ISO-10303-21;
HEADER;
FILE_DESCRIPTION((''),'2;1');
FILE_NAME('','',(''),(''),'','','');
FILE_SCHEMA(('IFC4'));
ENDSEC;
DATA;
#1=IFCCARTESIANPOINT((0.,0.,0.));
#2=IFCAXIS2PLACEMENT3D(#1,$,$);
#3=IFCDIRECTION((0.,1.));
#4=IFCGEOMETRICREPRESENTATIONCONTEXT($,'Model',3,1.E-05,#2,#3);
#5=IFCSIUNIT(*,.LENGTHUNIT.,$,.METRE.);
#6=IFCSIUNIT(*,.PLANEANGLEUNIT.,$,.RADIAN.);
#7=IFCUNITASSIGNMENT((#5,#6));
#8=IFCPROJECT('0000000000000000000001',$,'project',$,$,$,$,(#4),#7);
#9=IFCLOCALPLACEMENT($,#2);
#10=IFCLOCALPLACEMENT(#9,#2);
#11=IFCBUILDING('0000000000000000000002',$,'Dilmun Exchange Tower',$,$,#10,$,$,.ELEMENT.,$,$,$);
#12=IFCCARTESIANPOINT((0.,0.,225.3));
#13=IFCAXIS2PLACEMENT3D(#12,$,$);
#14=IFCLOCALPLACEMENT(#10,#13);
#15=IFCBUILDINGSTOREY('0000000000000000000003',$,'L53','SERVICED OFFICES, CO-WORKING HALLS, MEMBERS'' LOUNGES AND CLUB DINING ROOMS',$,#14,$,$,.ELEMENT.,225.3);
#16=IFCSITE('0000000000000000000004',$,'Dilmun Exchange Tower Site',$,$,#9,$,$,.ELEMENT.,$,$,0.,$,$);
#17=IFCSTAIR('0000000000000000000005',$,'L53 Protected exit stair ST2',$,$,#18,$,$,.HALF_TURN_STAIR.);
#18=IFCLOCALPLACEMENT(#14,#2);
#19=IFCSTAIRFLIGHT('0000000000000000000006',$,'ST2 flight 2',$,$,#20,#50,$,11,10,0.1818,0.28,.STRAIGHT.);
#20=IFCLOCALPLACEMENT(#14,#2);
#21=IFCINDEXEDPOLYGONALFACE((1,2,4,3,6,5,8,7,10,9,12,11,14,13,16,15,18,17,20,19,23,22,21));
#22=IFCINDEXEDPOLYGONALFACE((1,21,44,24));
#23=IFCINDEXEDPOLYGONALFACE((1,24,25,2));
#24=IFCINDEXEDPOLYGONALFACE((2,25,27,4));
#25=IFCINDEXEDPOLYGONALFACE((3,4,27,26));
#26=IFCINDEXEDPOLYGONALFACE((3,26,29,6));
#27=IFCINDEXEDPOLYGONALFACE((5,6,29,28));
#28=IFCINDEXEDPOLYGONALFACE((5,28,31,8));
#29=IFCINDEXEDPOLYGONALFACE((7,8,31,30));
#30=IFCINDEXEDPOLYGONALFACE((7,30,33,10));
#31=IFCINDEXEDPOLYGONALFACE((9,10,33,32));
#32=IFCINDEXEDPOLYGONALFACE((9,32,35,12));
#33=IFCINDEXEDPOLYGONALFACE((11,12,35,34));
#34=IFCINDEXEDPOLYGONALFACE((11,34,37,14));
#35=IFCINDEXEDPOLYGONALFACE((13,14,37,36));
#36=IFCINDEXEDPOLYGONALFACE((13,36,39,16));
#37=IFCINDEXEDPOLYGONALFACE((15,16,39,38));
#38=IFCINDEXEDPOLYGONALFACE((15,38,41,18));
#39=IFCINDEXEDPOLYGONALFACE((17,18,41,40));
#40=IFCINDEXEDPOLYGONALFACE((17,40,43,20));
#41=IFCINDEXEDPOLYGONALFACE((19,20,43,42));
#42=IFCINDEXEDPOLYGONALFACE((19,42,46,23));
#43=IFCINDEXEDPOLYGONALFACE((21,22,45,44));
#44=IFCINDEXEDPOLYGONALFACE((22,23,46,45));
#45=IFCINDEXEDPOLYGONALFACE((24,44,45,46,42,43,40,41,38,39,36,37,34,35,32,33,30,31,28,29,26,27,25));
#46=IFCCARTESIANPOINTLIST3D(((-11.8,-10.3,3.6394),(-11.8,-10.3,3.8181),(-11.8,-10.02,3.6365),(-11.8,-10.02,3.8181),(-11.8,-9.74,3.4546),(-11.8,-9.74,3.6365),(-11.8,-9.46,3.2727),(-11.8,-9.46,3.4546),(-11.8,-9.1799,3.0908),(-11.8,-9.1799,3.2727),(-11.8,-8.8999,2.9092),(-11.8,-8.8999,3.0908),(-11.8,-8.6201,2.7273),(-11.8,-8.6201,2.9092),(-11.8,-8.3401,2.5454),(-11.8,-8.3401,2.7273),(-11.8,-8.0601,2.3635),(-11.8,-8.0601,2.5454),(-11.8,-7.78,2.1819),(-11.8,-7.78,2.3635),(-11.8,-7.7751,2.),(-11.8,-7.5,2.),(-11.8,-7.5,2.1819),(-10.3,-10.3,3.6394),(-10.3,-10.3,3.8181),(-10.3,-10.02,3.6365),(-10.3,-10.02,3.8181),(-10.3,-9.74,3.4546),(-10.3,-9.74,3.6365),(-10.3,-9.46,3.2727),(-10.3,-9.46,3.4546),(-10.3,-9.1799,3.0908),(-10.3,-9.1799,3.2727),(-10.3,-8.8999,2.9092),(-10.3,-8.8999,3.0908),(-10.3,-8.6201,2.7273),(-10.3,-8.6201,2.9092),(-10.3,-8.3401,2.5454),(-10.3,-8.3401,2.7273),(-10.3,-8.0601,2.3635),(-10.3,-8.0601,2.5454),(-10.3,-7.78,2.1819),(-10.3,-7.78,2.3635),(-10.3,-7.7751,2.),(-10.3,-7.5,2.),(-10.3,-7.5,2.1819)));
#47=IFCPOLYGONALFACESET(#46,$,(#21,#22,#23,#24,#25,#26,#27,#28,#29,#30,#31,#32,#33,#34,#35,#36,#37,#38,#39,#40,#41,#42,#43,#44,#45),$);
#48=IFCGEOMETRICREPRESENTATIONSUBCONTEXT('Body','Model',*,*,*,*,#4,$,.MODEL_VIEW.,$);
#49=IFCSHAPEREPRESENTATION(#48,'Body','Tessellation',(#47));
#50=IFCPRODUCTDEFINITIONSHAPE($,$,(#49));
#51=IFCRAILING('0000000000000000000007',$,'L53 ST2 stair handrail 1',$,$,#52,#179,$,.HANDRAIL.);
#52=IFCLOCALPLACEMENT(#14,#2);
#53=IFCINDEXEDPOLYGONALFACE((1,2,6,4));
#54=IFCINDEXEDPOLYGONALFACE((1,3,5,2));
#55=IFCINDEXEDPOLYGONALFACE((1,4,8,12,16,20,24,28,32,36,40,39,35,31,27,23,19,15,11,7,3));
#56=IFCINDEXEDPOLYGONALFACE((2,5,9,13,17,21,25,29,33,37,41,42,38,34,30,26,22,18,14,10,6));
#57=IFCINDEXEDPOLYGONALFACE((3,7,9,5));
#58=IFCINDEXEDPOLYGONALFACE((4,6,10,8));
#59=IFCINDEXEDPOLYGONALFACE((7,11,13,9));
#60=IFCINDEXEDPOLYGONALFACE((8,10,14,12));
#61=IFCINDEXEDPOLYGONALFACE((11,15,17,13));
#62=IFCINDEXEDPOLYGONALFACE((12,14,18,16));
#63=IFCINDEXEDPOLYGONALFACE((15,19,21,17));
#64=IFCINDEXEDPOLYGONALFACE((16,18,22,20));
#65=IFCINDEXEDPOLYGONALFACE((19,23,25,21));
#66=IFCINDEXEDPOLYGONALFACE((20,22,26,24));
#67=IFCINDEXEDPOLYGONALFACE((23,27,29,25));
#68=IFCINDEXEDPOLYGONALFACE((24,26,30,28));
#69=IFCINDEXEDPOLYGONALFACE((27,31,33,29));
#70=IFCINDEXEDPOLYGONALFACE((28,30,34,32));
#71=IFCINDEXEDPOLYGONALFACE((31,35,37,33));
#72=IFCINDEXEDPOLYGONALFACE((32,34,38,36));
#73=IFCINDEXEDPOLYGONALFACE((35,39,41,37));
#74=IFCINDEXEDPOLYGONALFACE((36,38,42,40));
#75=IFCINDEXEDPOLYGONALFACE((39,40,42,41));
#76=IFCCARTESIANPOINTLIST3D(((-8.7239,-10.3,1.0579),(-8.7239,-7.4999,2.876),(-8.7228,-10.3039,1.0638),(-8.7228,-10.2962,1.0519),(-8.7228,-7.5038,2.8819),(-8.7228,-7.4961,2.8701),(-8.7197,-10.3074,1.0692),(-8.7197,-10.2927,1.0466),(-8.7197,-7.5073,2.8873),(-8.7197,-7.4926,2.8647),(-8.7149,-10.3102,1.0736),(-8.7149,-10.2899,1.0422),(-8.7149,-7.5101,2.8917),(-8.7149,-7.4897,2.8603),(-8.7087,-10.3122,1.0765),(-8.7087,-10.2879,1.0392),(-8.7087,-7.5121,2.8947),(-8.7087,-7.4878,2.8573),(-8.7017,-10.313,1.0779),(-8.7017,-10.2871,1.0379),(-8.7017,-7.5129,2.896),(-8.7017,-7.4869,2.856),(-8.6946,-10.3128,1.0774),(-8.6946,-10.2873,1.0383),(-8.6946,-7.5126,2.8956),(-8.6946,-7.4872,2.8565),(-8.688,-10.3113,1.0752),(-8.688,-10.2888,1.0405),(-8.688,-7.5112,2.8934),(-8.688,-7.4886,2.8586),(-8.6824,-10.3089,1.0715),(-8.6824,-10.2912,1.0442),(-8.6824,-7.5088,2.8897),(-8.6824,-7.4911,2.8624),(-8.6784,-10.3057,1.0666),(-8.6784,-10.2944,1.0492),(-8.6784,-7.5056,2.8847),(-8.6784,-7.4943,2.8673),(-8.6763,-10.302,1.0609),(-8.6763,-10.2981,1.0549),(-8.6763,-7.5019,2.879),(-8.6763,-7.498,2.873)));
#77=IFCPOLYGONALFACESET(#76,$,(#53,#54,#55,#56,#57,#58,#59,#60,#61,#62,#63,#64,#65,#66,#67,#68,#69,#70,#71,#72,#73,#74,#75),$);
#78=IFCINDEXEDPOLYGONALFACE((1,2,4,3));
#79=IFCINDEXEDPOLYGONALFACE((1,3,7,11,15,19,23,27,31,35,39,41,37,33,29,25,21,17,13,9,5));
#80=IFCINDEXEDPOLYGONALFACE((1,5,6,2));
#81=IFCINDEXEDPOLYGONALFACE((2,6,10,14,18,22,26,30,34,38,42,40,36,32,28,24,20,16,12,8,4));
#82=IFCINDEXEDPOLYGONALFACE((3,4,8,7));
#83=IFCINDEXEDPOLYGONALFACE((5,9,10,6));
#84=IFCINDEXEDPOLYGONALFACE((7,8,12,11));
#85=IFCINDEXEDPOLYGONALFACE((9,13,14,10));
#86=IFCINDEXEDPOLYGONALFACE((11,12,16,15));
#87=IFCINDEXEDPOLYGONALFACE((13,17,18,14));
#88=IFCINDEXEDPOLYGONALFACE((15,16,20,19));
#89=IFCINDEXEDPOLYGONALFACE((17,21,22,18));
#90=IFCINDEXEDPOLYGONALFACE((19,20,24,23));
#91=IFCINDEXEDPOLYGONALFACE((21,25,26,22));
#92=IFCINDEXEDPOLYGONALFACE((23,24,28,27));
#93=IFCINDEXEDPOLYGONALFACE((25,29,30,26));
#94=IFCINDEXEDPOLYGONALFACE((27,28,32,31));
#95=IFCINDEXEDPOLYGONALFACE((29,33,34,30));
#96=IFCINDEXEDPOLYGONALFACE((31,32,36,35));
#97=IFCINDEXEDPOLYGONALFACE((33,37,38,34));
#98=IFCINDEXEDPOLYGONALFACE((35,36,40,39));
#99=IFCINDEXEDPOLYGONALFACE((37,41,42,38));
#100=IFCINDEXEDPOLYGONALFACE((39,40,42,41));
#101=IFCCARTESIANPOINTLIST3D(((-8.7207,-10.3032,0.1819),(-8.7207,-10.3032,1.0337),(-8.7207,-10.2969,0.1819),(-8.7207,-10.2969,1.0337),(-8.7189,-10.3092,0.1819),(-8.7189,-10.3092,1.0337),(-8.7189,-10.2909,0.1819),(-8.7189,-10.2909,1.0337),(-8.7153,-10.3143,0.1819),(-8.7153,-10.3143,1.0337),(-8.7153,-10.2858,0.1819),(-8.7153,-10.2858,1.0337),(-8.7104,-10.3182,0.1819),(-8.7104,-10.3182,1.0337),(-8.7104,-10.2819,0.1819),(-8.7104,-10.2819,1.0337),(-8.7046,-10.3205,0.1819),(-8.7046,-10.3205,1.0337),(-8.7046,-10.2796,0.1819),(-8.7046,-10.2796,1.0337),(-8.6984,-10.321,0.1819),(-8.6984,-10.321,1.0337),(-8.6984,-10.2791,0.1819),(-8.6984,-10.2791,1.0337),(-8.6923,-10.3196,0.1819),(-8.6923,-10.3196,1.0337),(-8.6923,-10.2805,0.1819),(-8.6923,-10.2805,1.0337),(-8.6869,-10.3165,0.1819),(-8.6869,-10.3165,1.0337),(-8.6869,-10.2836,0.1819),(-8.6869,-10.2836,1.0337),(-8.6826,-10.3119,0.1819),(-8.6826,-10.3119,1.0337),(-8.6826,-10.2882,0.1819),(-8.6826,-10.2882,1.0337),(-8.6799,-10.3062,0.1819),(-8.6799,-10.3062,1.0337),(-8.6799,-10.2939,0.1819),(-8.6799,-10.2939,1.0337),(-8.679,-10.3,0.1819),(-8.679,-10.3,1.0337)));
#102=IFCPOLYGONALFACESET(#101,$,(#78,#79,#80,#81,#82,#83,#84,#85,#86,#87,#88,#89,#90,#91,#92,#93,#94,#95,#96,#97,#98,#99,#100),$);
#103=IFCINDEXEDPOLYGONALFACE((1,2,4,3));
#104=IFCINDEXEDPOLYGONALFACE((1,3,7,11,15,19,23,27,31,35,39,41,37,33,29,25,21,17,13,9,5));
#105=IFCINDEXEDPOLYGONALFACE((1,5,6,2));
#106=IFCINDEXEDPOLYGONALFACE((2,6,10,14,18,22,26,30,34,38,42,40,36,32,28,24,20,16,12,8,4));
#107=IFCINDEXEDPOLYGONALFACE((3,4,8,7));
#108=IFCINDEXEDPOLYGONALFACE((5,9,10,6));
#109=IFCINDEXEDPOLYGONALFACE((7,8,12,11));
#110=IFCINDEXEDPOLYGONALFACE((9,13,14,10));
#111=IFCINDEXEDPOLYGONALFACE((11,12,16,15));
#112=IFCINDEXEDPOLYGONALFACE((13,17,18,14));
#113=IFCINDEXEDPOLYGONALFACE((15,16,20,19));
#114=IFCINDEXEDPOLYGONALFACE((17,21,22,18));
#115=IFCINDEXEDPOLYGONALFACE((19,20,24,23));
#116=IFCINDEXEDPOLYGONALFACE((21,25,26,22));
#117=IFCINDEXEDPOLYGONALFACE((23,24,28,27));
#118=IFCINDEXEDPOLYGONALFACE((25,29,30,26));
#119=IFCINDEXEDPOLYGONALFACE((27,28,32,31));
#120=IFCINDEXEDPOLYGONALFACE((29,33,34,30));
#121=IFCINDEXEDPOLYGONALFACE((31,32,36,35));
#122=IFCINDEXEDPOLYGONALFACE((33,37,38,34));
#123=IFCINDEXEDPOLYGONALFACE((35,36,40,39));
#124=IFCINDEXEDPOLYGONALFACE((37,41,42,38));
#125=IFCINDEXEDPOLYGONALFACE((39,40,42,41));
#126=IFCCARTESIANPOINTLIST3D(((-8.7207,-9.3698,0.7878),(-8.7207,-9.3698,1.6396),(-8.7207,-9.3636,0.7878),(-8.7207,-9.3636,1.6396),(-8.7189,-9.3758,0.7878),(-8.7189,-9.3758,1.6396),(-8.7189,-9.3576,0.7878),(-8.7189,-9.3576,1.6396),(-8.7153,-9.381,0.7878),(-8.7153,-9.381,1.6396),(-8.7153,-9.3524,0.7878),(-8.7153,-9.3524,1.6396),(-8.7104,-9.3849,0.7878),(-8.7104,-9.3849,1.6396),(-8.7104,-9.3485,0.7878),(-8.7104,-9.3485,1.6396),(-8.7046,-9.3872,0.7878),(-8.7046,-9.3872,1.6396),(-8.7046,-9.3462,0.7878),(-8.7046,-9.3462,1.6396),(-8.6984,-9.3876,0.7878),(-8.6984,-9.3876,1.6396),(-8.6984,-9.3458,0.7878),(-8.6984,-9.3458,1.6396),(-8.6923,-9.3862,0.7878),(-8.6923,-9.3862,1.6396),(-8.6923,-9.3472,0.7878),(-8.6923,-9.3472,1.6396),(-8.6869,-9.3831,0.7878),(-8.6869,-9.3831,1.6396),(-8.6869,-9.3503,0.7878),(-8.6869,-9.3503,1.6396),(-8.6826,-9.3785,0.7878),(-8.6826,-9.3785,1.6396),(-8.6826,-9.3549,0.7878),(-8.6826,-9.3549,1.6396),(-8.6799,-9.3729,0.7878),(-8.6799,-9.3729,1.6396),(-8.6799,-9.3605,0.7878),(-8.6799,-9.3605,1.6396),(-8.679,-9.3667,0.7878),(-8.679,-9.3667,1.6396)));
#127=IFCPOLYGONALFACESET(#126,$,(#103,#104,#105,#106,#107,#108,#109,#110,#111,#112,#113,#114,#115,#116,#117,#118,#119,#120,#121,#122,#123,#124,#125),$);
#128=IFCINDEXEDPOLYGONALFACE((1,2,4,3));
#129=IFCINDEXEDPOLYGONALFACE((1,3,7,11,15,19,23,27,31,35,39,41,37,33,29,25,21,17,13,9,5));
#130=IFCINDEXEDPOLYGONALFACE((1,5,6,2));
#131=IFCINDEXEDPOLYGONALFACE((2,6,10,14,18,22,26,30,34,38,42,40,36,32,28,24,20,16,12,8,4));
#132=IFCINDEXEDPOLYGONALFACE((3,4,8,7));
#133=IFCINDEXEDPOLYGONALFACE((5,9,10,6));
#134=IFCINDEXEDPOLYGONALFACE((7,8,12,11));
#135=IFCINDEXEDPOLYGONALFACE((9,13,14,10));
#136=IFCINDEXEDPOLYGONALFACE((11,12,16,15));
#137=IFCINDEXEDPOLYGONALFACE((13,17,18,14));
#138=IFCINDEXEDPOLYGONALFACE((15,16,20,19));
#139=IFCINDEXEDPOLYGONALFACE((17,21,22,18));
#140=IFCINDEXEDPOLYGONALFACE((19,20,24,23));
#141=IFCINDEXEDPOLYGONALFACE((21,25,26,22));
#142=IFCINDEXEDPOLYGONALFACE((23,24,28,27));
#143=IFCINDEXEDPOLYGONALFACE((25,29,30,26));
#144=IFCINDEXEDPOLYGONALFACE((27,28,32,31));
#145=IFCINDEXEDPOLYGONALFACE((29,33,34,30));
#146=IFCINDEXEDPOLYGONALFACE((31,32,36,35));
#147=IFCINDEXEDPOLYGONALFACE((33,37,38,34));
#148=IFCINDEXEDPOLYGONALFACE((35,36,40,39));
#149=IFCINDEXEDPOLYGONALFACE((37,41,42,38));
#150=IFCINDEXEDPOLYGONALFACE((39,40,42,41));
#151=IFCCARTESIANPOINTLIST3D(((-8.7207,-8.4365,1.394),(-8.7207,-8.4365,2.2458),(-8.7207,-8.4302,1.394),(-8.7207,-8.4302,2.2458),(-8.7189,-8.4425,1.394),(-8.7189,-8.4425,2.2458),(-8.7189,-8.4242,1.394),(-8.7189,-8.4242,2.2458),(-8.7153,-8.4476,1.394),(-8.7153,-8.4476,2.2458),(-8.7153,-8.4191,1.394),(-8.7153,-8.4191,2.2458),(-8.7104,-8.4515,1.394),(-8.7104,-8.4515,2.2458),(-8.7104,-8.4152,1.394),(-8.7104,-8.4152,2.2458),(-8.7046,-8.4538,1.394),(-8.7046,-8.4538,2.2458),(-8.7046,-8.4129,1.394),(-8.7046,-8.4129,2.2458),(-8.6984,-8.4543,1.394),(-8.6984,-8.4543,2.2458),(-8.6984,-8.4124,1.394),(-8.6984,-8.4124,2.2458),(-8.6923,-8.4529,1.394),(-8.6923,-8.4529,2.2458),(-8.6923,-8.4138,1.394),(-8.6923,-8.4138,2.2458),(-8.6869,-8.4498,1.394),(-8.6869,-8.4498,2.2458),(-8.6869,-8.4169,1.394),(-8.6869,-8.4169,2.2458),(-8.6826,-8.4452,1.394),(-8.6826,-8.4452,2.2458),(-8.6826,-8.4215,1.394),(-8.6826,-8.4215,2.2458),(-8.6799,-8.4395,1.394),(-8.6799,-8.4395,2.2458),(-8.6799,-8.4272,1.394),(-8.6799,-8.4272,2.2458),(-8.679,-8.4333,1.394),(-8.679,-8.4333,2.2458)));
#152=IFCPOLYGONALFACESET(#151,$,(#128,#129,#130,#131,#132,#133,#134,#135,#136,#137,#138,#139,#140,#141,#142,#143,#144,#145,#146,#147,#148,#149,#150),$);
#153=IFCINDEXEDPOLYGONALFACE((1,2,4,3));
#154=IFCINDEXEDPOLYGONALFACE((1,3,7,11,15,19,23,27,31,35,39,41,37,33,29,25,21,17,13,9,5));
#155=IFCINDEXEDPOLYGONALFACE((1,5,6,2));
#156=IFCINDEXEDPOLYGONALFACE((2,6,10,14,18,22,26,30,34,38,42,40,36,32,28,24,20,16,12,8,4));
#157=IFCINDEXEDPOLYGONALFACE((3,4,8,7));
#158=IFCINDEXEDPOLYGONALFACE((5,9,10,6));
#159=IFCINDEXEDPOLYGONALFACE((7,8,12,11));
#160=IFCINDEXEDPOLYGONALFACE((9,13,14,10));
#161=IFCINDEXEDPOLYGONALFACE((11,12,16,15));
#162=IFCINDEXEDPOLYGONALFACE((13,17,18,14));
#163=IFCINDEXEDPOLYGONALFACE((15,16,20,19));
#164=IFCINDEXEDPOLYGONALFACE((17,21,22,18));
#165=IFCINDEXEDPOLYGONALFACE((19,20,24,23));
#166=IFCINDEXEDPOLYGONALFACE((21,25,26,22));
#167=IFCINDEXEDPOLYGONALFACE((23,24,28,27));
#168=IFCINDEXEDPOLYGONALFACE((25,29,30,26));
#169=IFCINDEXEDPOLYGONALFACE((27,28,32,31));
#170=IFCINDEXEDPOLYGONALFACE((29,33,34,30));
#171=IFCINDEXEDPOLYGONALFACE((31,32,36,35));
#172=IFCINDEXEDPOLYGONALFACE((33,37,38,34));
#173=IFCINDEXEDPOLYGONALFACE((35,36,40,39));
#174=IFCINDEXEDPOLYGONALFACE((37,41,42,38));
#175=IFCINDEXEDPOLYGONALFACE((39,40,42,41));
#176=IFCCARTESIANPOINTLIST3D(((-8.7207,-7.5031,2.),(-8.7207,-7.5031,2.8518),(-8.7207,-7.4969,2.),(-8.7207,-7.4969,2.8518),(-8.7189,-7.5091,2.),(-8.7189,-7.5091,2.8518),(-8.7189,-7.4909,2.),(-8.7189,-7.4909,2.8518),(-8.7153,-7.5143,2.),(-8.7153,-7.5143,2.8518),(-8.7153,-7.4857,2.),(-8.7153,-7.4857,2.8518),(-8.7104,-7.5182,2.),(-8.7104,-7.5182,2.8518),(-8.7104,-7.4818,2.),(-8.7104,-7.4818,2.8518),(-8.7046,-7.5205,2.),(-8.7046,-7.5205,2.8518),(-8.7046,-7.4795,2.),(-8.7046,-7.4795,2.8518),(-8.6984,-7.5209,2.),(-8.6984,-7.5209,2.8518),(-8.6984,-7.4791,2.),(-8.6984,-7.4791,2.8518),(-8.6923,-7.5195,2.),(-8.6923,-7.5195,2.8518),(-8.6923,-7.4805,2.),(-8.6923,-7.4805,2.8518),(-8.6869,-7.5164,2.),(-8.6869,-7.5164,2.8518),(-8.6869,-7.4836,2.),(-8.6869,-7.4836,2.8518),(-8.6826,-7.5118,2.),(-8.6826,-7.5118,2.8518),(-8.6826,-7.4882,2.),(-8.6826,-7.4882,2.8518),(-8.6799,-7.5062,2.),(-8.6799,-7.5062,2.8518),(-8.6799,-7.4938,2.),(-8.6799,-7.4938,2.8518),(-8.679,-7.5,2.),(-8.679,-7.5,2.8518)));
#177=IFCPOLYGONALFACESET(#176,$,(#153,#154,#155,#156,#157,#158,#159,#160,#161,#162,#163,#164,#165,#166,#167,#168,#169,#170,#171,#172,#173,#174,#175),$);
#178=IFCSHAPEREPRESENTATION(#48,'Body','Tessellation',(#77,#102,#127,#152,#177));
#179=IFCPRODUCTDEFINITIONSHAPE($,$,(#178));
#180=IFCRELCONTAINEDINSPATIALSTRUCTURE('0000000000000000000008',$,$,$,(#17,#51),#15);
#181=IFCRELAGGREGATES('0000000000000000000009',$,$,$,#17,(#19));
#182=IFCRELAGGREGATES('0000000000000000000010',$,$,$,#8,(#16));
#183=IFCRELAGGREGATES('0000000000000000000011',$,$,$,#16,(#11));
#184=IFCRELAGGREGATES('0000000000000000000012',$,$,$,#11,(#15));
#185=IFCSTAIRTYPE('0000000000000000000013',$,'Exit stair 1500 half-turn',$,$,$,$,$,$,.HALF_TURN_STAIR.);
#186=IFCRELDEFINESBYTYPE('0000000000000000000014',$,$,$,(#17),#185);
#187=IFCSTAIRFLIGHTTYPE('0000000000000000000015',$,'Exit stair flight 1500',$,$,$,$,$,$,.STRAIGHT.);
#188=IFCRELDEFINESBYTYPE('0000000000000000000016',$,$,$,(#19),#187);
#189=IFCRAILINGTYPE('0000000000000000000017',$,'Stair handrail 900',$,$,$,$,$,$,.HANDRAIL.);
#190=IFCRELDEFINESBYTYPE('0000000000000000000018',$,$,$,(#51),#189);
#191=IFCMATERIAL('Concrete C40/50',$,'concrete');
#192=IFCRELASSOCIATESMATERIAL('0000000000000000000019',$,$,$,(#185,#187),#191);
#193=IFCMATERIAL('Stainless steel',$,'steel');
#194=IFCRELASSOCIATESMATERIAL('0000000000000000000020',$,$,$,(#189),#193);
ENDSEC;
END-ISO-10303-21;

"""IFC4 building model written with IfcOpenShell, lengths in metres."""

from ifc_helpers import new_model, si_unit, direction, frame, origin, origin_2d, place, context, subcontext, project, spatial, polyline, circle, outline, extrude, material, type_object, element, aggregate, save


model = new_model("IFC4")

# Units and contexts
model_context = context("Model", 3, precision=1e-05, world=origin(), true_north=direction((0.0, 1.0)))
body_context = subcontext(model_context, "Body", "Model", "MODEL_VIEW")
ifc_project = project(units=[si_unit("LENGTHUNIT", "METRE"), si_unit("PLANEANGLEUNIT", "RADIAN")], contexts=[model_context])

# Site, building, storey
site_placement = place(None, origin())
site = spatial("IfcSite", under=ifc_project, at=site_placement, Name="Dilmun Exchange Tower Site", CompositionType="ELEMENT", RefElevation=0.0)
building_placement = place(site_placement, origin())
building = spatial("IfcBuilding", under=site, at=building_placement, Name="Dilmun Exchange Tower", CompositionType="ELEMENT")
storey_placement = place(building_placement, frame((0.0, 0.0, 225.3)))
storey = spatial("IfcBuildingStorey", under=building, at=storey_placement, Name="L53", Description="SERVICED OFFICES, CO-WORKING HALLS, MEMBERS' LOUNGES AND CLUB DINING ROOMS", CompositionType="ELEMENT", Elevation=225.3)

# Shared definitions
ifc_material_1 = material(Name="Concrete C40/50", Category="concrete")

# Stair, stair flight
stair_type = type_object("IfcStairType", Name="Exit stair 1500 half-turn", PredefinedType="HALF_TURN_STAIR", material=ifc_material_1)
stair_placement = place(storey_placement, origin())
stair = element("IfcStair", 1, at=stair_placement, inside=storey, type_object=stair_type, Name="L53 Protected exit stair ST2", PredefinedType="HALF_TURN_STAIR")
stair_flight_type = type_object("IfcStairFlightType", Name="Exit stair flight 1500", PredefinedType="STRAIGHT", material=ifc_material_1)
stair_flight_placement = place(storey_placement, frame((-11.05, -7.5, 2.0), z_axis=(0.0, 0.0, 1.0), x_axis=(0.0, -1.0, 0.0)))
stair_flight = element("IfcStairFlight", 2, at=stair_flight_placement, type_object=stair_flight_type, Name="ST2 flight 2", NumberOfRisers=11, NumberOfTreads=10, PredefinedType="STRAIGHT", RiserHeight=0.1818, TreadLength=0.28, context=body_context, shape_type="SweptSolid", body=[
    extrude(outline(polyline([(0.0, 0.0), (0.0, 0.1819), (0.28, 0.1819), (0.28, 0.3635), (0.5601, 0.3635), (0.5601, 0.5454), (0.8401, 0.5454), (0.8401, 0.7273), (1.1201, 0.7273), (1.1201, 0.9092), (1.3999, 0.9092), (1.3999, 1.0908), (1.6799, 1.0908), (1.6799, 1.2727), (1.96, 1.2727), (1.96, 1.4546), (2.24, 1.4546), (2.24, 1.6365), (2.52, 1.6365), (2.52, 1.8181), (2.8, 1.8181), (2.8, 2.0), (2.8, 1.6394), (0.2751, 0.0), (0.0, 0.0)])), frame((0.0, 0.75, 0.0), z_axis=(0.0, -1.0, 0.0), x_axis=(1.0, 0.0, 0.0)), (0.0, 0.0, 1.0), 1.5),
])
aggregate(stair, [stair_flight])

# Railing
ifc_material_2 = material(Name="Stainless steel", Category="steel")
railing_type = type_object("IfcRailingType", Name="Stair handrail 900", PredefinedType="HANDRAIL", material=ifc_material_2)
railing_1_placement = place(storey_placement, frame((-8.7, -10.3, 0.1819)))
element("IfcRailing", 3, at=railing_1_placement, inside=storey, type_object=railing_type, Name="L53 ST2 stair handrail 1", PredefinedType="HANDRAIL", context=body_context, shape_type="SweptSolid", body=[
    extrude(circle(Radius=0.0239, at=origin_2d()), frame((0.0, 0.0, 0.876), z_axis=(0.0, 0.838706, 0.544585), x_axis=(-1.0, 0.0, 0.0)), (0.0, 0.0, 1.0), 3.3386),
    extrude(circle(Radius=0.021, at=origin_2d()), origin(), (0.0, 0.0, 1.0), 0.8518),
    extrude(circle(Radius=0.021, at=origin_2d()), frame((0.0, 0.9333, 0.606)), (0.0, 0.0, 1.0), 0.8518),
    extrude(circle(Radius=0.021, at=origin_2d()), frame((0.0, 1.8667, 1.2122)), (0.0, 0.0, 1.0), 0.8518),
    extrude(circle(Radius=0.021, at=origin_2d()), frame((0.0, 2.8, 1.8181)), (0.0, 0.0, 1.0), 0.8518),
])

save(model, "model.ifc")
